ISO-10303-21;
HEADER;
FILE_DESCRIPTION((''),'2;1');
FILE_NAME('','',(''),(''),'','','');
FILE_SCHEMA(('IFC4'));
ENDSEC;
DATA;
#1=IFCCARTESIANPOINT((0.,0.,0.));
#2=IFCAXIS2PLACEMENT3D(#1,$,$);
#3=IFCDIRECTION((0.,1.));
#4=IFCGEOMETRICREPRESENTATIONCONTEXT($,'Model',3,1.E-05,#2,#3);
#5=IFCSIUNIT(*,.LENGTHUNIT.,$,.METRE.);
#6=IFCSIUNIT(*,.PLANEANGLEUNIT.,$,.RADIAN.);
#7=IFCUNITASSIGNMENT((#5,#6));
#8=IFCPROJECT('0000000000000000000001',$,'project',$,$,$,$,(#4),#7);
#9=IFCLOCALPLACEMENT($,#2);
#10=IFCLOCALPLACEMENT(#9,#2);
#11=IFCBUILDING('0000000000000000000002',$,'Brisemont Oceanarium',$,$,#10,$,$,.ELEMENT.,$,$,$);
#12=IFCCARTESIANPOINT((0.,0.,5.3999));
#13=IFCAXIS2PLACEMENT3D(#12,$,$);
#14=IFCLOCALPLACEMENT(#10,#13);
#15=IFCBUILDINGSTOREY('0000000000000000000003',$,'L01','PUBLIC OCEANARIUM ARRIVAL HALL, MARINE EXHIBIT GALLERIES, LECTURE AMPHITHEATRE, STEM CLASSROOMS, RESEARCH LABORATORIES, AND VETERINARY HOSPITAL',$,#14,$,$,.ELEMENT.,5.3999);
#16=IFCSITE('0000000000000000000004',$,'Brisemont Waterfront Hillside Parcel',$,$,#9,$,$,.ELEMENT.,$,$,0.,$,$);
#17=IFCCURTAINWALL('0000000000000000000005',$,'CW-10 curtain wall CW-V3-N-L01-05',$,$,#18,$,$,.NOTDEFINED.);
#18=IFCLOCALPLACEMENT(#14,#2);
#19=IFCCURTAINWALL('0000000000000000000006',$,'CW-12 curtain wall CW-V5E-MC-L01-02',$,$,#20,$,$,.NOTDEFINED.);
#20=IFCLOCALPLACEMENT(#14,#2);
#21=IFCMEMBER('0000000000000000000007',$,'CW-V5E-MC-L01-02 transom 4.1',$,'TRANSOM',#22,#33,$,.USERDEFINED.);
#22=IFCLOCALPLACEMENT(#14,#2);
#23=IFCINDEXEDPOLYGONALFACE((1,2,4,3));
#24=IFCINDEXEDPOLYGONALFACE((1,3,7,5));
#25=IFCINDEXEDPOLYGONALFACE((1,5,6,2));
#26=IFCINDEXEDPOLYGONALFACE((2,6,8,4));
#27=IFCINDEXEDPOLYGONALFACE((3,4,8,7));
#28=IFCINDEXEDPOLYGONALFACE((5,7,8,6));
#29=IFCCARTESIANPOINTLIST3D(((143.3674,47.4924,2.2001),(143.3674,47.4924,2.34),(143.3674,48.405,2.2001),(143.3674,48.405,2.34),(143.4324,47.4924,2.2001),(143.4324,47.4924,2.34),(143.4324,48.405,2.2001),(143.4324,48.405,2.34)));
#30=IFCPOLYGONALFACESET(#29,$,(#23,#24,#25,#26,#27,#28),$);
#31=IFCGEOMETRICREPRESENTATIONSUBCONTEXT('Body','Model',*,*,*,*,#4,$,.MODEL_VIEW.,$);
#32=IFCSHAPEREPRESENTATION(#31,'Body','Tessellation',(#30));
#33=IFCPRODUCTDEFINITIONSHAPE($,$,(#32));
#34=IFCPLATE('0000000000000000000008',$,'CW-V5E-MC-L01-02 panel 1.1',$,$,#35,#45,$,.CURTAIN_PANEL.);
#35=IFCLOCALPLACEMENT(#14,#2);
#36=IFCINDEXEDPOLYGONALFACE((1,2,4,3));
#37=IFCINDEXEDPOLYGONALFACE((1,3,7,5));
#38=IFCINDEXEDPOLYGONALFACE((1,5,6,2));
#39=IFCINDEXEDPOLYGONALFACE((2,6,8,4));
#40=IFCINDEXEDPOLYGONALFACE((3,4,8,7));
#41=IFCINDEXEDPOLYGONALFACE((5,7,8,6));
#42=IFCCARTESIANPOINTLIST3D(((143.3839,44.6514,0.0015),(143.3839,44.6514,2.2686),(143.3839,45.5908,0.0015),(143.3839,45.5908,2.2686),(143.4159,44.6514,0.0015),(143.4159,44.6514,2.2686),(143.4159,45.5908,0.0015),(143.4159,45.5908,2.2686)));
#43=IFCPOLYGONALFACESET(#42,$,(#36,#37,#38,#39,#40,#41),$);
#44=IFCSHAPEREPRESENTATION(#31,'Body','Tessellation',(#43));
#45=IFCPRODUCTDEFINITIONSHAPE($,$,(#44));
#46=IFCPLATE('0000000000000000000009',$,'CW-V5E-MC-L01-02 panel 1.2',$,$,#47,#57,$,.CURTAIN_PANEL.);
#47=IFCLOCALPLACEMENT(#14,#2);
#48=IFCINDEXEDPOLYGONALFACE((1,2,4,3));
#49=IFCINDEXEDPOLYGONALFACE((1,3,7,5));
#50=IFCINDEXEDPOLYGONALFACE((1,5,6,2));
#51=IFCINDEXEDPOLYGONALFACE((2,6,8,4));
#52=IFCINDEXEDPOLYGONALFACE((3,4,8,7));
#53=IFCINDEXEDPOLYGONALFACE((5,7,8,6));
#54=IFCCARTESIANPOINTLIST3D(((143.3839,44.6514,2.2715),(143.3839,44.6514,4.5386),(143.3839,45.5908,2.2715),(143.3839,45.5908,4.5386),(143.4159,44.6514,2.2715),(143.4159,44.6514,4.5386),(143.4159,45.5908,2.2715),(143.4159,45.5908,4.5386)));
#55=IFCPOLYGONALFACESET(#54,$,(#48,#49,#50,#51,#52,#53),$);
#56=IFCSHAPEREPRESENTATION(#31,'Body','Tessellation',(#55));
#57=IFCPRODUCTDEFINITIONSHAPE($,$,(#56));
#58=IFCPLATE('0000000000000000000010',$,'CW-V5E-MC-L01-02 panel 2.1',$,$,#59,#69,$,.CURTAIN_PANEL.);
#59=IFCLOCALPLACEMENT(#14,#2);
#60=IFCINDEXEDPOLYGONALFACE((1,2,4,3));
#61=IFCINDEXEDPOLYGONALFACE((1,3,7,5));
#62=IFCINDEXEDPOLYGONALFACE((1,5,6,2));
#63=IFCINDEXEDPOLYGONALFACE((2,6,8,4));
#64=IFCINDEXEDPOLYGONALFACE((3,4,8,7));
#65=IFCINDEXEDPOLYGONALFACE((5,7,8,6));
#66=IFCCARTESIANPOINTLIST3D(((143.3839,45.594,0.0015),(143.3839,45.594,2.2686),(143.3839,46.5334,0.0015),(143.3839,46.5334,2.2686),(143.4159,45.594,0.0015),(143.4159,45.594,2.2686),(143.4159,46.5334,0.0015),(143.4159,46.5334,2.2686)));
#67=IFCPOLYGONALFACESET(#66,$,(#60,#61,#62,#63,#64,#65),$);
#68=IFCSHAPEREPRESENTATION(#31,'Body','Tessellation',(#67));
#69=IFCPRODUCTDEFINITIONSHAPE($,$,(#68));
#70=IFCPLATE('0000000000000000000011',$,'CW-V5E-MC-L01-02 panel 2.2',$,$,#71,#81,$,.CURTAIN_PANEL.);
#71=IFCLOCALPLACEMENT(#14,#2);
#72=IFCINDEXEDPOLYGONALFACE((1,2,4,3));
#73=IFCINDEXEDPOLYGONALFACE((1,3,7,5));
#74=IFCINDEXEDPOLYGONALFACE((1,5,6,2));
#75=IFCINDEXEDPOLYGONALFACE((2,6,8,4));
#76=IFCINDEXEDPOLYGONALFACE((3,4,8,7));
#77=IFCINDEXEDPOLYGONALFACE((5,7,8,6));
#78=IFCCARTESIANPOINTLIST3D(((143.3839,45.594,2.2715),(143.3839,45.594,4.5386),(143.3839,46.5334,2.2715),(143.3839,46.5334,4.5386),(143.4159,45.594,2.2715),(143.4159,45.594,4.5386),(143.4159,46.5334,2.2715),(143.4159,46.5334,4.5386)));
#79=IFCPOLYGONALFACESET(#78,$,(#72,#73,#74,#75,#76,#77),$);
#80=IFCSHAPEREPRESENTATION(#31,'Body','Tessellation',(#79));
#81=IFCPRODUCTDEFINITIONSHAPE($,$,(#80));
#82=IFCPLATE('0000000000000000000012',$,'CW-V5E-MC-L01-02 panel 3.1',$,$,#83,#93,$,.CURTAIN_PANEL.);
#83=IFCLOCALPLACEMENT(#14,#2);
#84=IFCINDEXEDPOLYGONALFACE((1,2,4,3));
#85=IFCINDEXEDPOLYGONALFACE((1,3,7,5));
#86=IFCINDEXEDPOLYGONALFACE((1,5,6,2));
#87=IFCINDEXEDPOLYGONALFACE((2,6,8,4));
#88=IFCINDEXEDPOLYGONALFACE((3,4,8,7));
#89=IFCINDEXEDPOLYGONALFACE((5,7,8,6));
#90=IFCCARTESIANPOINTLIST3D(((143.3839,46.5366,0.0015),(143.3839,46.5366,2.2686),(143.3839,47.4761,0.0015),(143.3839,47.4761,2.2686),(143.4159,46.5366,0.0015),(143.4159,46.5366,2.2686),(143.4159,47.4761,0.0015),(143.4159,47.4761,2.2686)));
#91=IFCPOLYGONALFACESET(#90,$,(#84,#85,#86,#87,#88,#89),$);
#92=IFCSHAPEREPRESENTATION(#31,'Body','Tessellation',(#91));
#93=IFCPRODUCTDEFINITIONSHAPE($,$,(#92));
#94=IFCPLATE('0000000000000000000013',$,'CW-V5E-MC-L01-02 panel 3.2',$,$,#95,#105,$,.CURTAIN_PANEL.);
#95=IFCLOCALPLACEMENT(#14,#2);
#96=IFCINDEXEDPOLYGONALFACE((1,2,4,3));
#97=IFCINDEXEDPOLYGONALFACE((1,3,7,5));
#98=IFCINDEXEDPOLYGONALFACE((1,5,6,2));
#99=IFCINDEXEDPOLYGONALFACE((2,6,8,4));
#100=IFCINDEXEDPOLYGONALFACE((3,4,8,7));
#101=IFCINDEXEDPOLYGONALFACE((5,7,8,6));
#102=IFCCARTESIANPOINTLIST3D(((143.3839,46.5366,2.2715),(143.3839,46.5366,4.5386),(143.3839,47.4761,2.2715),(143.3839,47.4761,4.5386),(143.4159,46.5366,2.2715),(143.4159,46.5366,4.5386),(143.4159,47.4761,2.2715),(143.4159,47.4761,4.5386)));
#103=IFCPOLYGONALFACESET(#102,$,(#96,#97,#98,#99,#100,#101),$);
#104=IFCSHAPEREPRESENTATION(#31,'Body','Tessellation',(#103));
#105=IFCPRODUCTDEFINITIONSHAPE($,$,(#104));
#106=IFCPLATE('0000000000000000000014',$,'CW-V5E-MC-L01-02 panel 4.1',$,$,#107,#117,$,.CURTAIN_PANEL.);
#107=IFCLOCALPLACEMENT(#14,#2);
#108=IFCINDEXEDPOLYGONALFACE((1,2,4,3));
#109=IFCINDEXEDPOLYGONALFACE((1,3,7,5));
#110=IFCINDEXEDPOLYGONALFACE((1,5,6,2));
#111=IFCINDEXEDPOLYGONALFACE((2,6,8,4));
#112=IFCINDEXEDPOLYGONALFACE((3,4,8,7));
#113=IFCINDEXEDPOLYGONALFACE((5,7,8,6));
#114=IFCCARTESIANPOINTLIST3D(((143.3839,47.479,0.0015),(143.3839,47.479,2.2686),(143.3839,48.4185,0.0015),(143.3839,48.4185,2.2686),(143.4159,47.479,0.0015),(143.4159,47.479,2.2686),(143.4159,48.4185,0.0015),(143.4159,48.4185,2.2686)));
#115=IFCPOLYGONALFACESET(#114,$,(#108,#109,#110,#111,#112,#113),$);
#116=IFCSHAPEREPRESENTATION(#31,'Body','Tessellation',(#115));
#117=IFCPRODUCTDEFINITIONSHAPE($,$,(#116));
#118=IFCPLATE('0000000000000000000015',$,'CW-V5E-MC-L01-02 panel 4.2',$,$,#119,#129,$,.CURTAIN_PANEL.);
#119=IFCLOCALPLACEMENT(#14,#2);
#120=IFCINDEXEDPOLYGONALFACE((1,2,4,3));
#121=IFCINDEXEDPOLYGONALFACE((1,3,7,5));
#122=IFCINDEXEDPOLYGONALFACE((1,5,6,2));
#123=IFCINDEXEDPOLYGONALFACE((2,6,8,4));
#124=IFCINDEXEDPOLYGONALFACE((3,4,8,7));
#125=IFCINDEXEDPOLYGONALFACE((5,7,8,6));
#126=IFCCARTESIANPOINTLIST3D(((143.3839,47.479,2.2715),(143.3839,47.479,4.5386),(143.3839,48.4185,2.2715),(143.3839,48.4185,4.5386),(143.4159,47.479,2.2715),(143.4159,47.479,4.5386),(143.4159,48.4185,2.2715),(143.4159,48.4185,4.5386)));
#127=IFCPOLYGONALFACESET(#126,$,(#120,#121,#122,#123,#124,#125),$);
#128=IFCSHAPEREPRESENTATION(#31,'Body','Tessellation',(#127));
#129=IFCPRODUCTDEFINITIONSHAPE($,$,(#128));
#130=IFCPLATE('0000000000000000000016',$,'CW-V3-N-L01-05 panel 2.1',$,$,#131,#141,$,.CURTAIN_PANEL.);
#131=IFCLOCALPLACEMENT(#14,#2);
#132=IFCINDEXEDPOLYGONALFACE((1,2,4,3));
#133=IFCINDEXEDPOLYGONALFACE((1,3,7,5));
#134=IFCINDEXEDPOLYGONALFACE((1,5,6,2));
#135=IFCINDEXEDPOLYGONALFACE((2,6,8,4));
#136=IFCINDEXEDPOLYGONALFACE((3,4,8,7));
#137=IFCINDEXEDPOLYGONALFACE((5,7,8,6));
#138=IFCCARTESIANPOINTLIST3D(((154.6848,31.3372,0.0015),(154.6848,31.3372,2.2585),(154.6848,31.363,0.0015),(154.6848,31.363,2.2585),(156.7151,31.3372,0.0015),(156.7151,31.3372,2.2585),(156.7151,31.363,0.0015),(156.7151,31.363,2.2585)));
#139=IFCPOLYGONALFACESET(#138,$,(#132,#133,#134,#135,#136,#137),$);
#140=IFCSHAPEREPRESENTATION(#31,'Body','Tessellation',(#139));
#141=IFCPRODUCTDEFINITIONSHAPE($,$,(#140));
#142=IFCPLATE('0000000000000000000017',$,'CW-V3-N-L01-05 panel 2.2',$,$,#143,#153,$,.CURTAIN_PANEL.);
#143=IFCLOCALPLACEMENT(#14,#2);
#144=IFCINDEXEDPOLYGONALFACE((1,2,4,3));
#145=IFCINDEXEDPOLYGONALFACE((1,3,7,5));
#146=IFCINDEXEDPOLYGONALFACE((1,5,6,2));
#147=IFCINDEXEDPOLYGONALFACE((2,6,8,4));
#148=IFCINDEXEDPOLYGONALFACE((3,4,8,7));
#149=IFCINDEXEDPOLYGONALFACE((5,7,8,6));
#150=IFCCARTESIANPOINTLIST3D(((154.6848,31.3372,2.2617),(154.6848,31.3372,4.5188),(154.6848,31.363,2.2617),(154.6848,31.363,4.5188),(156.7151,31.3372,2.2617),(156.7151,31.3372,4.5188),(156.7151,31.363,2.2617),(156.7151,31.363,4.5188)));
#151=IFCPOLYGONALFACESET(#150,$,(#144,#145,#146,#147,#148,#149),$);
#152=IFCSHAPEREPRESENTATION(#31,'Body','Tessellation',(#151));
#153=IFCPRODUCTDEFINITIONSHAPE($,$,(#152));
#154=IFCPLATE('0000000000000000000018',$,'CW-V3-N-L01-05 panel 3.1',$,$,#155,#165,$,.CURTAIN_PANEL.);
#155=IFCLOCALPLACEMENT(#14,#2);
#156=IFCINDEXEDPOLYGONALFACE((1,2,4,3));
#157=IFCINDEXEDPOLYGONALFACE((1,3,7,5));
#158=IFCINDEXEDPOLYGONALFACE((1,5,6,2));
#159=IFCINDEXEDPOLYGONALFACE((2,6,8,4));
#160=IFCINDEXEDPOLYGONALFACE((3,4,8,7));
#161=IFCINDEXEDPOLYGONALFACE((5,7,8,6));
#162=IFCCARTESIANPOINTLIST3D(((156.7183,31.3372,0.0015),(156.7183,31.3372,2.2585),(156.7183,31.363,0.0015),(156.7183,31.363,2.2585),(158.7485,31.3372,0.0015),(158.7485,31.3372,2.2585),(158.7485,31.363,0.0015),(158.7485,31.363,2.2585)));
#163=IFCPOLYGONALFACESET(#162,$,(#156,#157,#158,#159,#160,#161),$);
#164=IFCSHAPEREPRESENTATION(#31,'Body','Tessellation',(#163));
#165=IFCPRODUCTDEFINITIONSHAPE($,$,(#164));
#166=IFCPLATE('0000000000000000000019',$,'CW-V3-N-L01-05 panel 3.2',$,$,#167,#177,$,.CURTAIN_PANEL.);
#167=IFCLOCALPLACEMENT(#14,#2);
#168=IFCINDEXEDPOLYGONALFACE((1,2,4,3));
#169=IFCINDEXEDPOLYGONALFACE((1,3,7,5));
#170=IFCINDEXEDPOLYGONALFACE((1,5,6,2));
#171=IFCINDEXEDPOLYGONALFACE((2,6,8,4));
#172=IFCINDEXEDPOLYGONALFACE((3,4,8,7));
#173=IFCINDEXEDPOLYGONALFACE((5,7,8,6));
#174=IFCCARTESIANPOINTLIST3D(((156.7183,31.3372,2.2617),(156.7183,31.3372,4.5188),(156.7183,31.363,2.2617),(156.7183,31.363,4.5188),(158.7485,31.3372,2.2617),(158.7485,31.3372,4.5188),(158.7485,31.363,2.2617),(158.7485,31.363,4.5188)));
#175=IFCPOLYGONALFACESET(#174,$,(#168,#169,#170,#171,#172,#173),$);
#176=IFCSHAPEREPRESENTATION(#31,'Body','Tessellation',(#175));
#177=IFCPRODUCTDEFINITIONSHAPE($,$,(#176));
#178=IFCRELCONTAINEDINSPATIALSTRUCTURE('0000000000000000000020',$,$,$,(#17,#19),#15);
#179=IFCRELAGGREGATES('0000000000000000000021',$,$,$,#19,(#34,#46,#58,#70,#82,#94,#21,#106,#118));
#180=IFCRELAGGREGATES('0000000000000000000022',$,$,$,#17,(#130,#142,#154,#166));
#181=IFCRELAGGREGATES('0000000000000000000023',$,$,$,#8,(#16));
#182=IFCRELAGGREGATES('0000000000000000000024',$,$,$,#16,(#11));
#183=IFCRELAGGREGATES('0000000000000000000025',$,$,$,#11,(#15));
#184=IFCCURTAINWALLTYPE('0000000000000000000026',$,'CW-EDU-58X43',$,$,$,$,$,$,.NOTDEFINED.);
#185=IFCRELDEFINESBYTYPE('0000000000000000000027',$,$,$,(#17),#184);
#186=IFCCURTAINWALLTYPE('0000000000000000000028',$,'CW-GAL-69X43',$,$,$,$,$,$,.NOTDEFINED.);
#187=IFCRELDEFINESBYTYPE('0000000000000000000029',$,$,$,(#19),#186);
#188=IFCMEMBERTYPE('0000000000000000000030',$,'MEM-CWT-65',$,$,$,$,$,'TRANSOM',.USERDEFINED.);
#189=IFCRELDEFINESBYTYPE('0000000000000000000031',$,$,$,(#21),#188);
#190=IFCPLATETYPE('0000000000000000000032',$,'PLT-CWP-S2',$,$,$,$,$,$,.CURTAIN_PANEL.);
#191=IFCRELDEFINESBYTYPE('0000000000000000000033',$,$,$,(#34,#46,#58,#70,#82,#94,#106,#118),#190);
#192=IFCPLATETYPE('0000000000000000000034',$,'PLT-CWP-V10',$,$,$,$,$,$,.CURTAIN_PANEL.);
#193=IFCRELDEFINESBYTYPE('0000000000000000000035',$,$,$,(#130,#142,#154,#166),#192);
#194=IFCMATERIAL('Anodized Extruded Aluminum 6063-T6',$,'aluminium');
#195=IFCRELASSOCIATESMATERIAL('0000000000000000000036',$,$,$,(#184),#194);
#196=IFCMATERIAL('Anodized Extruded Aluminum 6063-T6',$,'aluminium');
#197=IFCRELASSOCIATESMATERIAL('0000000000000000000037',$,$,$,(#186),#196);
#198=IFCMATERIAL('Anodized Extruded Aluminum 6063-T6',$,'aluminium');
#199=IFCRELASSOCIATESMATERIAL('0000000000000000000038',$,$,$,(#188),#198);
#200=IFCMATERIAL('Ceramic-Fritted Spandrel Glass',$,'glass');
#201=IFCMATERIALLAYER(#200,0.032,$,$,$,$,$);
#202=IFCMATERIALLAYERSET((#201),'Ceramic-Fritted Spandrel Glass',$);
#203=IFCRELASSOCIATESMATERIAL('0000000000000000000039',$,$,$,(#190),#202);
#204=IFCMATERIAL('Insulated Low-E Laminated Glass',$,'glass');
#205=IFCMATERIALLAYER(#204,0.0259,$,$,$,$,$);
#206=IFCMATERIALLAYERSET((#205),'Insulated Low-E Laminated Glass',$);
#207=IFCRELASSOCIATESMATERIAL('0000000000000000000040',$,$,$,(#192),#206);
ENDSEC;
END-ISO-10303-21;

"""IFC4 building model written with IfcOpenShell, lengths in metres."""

from ifc_helpers import new_model, si_unit, direction, frame, origin, origin_2d, place, context, subcontext, project, spatial, rectangle, extrude, material, layer, layer_set, material_profile, profile_set, type_object, element, aggregate, save


model = new_model("IFC4")

# Units and contexts
model_context = context("Model", 3, precision=1e-05, world=origin(), true_north=direction((0.0, 1.0)))
body_context = subcontext(model_context, "Body", "Model", "MODEL_VIEW")
ifc_project = project(units=[si_unit("LENGTHUNIT", "METRE"), si_unit("PLANEANGLEUNIT", "RADIAN")], contexts=[model_context])

# Site, building, storey
site_placement = place(None, origin())
site = spatial("IfcSite", under=ifc_project, at=site_placement, Name="Brisemont Waterfront Hillside Parcel", CompositionType="ELEMENT", RefElevation=0.0)
building_placement = place(site_placement, origin())
building = spatial("IfcBuilding", under=site, at=building_placement, Name="Brisemont Oceanarium", CompositionType="ELEMENT")
storey_placement = place(building_placement, frame((0.0, 0.0, 5.3999)))
storey = spatial("IfcBuildingStorey", under=building, at=storey_placement, Name="L01", Description="PUBLIC OCEANARIUM ARRIVAL HALL, MARINE EXHIBIT GALLERIES, LECTURE AMPHITHEATRE, STEM CLASSROOMS, RESEARCH LABORATORIES, AND VETERINARY HOSPITAL", CompositionType="ELEMENT", Elevation=5.3999)

# Curtain walls
ifc_material_1 = material(Name="Anodized Extruded Aluminum 6063-T6", Category="aluminium")
curtain_wall_type_1 = type_object("IfcCurtainWallType", Name="CW-EDU-58X43", PredefinedType="NOTDEFINED", material=ifc_material_1)
curtain_wall_1_placement = place(storey_placement, origin())
curtain_wall_1 = element("IfcCurtainWall", 1, at=curtain_wall_1_placement, inside=storey, type_object=curtain_wall_type_1, Name="CW-10 curtain wall CW-V3-N-L01-05", PredefinedType="NOTDEFINED")
ifc_material_2 = material(Name="Anodized Extruded Aluminum 6063-T6", Category="aluminium")
curtain_wall_type_2 = type_object("IfcCurtainWallType", Name="CW-GAL-69X43", PredefinedType="NOTDEFINED", material=ifc_material_2)
curtain_wall_2_placement = place(storey_placement, origin())
curtain_wall_2 = element("IfcCurtainWall", 2, at=curtain_wall_2_placement, inside=storey, type_object=curtain_wall_type_2, Name="CW-12 curtain wall CW-V5E-MC-L01-02", PredefinedType="NOTDEFINED")

# Member
ifc_material_3 = material(Name="Anodized Extruded Aluminum 6063-T6", Category="aluminium")
ifc_material_profile_1 = material_profile(ifc_material_3, rectangle(XDim=0.0649, YDim=0.1399, at=origin_2d()), Name="CWT-65X140")
ifc_profile_set_1 = profile_set([ifc_material_profile_1], Name="Anodized Extruded Aluminum 6063-T6")
member_type_1 = type_object("IfcMemberType", Name="MEM-CWT-65", ElementType="TRANSOM", PredefinedType="USERDEFINED", material=ifc_profile_set_1)
member_1_placement = place(storey_placement, frame((143.3999, 47.4924, 2.27), z_axis=(0.0, 1.0, 0.0), x_axis=(-1.0, 0.0, 0.0)))
member_1 = element("IfcMember", 3, at=member_1_placement, type_object=member_type_1, Name="CW-V5E-MC-L01-02 transom 4.1", ObjectType="TRANSOM", PredefinedType="USERDEFINED", context=body_context, shape_type="SweptSolid", body=[
    extrude(rectangle(XDim=0.0649, YDim=0.1399, at=origin_2d()), origin(), (0.0, 0.0, 1.0), 0.9126),
])

# Plates
ifc_material_4 = material(Name="Ceramic-Fritted Spandrel Glass", Category="glass")
ifc_layer_1 = layer(ifc_material_4, 0.032)
ifc_layer_set_1 = layer_set([ifc_layer_1], Name="Ceramic-Fritted Spandrel Glass")
plate_type_1 = type_object("IfcPlateType", Name="PLT-CWP-S2", PredefinedType="CURTAIN_PANEL", material=ifc_layer_set_1)
plate_1_placement = place(storey_placement, frame((143.3999, 45.1211, 0.0015), z_axis=(0.0, 0.0, 1.0), x_axis=(0.0, 1.0, 0.0)))
plate_1 = element("IfcPlate", 4, at=plate_1_placement, type_object=plate_type_1, Name="CW-V5E-MC-L01-02 panel 1.1", PredefinedType="CURTAIN_PANEL", context=body_context, shape_type="SweptSolid", body=[
    extrude(rectangle(XDim=0.9395, YDim=0.032, at=origin_2d()), origin(), (0.0, 0.0, 1.0), 2.2671),
])
plate_2_placement = place(storey_placement, frame((143.3999, 45.1211, 2.2715), z_axis=(0.0, 0.0, 1.0), x_axis=(0.0, 1.0, 0.0)))
plate_2 = element("IfcPlate", 5, at=plate_2_placement, type_object=plate_type_1, Name="CW-V5E-MC-L01-02 panel 1.2", PredefinedType="CURTAIN_PANEL", context=body_context, shape_type="SweptSolid", body=[
    extrude(rectangle(XDim=0.9395, YDim=0.032, at=origin_2d()), origin(), (0.0, 0.0, 1.0), 2.2671),
])
plate_3_placement = place(storey_placement, frame((143.3999, 46.0637, 0.0015), z_axis=(0.0, 0.0, 1.0), x_axis=(0.0, 1.0, 0.0)))
plate_3 = element("IfcPlate", 6, at=plate_3_placement, type_object=plate_type_1, Name="CW-V5E-MC-L01-02 panel 2.1", PredefinedType="CURTAIN_PANEL", context=body_context, shape_type="SweptSolid", body=[
    extrude(rectangle(XDim=0.9395, YDim=0.032, at=origin_2d()), origin(), (0.0, 0.0, 1.0), 2.2671),
])
plate_4_placement = place(storey_placement, frame((143.3999, 46.0637, 2.2715), z_axis=(0.0, 0.0, 1.0), x_axis=(0.0, 1.0, 0.0)))
plate_4 = element("IfcPlate", 7, at=plate_4_placement, type_object=plate_type_1, Name="CW-V5E-MC-L01-02 panel 2.2", PredefinedType="CURTAIN_PANEL", context=body_context, shape_type="SweptSolid", body=[
    extrude(rectangle(XDim=0.9395, YDim=0.032, at=origin_2d()), origin(), (0.0, 0.0, 1.0), 2.2671),
])
plate_5_placement = place(storey_placement, frame((143.3999, 47.0063, 0.0015), z_axis=(0.0, 0.0, 1.0), x_axis=(0.0, 1.0, 0.0)))
plate_5 = element("IfcPlate", 8, at=plate_5_placement, type_object=plate_type_1, Name="CW-V5E-MC-L01-02 panel 3.1", PredefinedType="CURTAIN_PANEL", context=body_context, shape_type="SweptSolid", body=[
    extrude(rectangle(XDim=0.9395, YDim=0.032, at=origin_2d()), origin(), (0.0, 0.0, 1.0), 2.2671),
])
plate_6_placement = place(storey_placement, frame((143.3999, 47.0063, 2.2715), z_axis=(0.0, 0.0, 1.0), x_axis=(0.0, 1.0, 0.0)))
plate_6 = element("IfcPlate", 9, at=plate_6_placement, type_object=plate_type_1, Name="CW-V5E-MC-L01-02 panel 3.2", PredefinedType="CURTAIN_PANEL", context=body_context, shape_type="SweptSolid", body=[
    extrude(rectangle(XDim=0.9395, YDim=0.032, at=origin_2d()), origin(), (0.0, 0.0, 1.0), 2.2671),
])
plate_7_placement = place(storey_placement, frame((143.3999, 47.9487, 0.0015), z_axis=(0.0, 0.0, 1.0), x_axis=(0.0, 1.0, 0.0)))
plate_7 = element("IfcPlate", 10, at=plate_7_placement, type_object=plate_type_1, Name="CW-V5E-MC-L01-02 panel 4.1", PredefinedType="CURTAIN_PANEL", context=body_context, shape_type="SweptSolid", body=[
    extrude(rectangle(XDim=0.9395, YDim=0.032, at=origin_2d()), origin(), (0.0, 0.0, 1.0), 2.2671),
])
plate_8_placement = place(storey_placement, frame((143.3999, 47.9487, 2.2715), z_axis=(0.0, 0.0, 1.0), x_axis=(0.0, 1.0, 0.0)))
plate_8 = element("IfcPlate", 11, at=plate_8_placement, type_object=plate_type_1, Name="CW-V5E-MC-L01-02 panel 4.2", PredefinedType="CURTAIN_PANEL", context=body_context, shape_type="SweptSolid", body=[
    extrude(rectangle(XDim=0.9395, YDim=0.032, at=origin_2d()), origin(), (0.0, 0.0, 1.0), 2.2671),
])
aggregate(curtain_wall_2, [plate_1, plate_2, plate_3, plate_4, plate_5, plate_6, member_1, plate_7, plate_8])
ifc_material_5 = material(Name="Insulated Low-E Laminated Glass", Category="glass")
ifc_layer_2 = layer(ifc_material_5, 0.0259)
ifc_layer_set_2 = layer_set([ifc_layer_2], Name="Insulated Low-E Laminated Glass")
plate_type_2 = type_object("IfcPlateType", Name="PLT-CWP-V10", PredefinedType="CURTAIN_PANEL", material=ifc_layer_set_2)
plate_9_placement = place(storey_placement, frame((155.7, 31.3501, 0.0015), z_axis=(0.0, 0.0, 1.0), x_axis=(1.0, 0.0, 0.0)))
plate_9 = element("IfcPlate", 12, at=plate_9_placement, type_object=plate_type_2, Name="CW-V3-N-L01-05 panel 2.1", PredefinedType="CURTAIN_PANEL", context=body_context, shape_type="SweptSolid", body=[
    extrude(rectangle(XDim=2.0303, YDim=0.0259, at=origin_2d()), origin(), (0.0, 0.0, 1.0), 2.2571),
])
plate_10_placement = place(storey_placement, frame((155.7, 31.3501, 2.2617), z_axis=(0.0, 0.0, 1.0), x_axis=(1.0, 0.0, 0.0)))
plate_10 = element("IfcPlate", 13, at=plate_10_placement, type_object=plate_type_2, Name="CW-V3-N-L01-05 panel 2.2", PredefinedType="CURTAIN_PANEL", context=body_context, shape_type="SweptSolid", body=[
    extrude(rectangle(XDim=2.0303, YDim=0.0259, at=origin_2d()), origin(), (0.0, 0.0, 1.0), 2.2571),
])
plate_11_placement = place(storey_placement, frame((157.7334, 31.3501, 0.0015), z_axis=(0.0, 0.0, 1.0), x_axis=(1.0, 0.0, 0.0)))
plate_11 = element("IfcPlate", 14, at=plate_11_placement, type_object=plate_type_2, Name="CW-V3-N-L01-05 panel 3.1", PredefinedType="CURTAIN_PANEL", context=body_context, shape_type="SweptSolid", body=[
    extrude(rectangle(XDim=2.0303, YDim=0.0259, at=origin_2d()), origin(), (0.0, 0.0, 1.0), 2.2571),
])
plate_12_placement = place(storey_placement, frame((157.7334, 31.3501, 2.2617), z_axis=(0.0, 0.0, 1.0), x_axis=(1.0, 0.0, 0.0)))
plate_12 = element("IfcPlate", 15, at=plate_12_placement, type_object=plate_type_2, Name="CW-V3-N-L01-05 panel 3.2", PredefinedType="CURTAIN_PANEL", context=body_context, shape_type="SweptSolid", body=[
    extrude(rectangle(XDim=2.0303, YDim=0.0259, at=origin_2d()), origin(), (0.0, 0.0, 1.0), 2.2571),
])
aggregate(curtain_wall_1, [plate_9, plate_10, plate_11, plate_12])

save(model, "model.ifc")
